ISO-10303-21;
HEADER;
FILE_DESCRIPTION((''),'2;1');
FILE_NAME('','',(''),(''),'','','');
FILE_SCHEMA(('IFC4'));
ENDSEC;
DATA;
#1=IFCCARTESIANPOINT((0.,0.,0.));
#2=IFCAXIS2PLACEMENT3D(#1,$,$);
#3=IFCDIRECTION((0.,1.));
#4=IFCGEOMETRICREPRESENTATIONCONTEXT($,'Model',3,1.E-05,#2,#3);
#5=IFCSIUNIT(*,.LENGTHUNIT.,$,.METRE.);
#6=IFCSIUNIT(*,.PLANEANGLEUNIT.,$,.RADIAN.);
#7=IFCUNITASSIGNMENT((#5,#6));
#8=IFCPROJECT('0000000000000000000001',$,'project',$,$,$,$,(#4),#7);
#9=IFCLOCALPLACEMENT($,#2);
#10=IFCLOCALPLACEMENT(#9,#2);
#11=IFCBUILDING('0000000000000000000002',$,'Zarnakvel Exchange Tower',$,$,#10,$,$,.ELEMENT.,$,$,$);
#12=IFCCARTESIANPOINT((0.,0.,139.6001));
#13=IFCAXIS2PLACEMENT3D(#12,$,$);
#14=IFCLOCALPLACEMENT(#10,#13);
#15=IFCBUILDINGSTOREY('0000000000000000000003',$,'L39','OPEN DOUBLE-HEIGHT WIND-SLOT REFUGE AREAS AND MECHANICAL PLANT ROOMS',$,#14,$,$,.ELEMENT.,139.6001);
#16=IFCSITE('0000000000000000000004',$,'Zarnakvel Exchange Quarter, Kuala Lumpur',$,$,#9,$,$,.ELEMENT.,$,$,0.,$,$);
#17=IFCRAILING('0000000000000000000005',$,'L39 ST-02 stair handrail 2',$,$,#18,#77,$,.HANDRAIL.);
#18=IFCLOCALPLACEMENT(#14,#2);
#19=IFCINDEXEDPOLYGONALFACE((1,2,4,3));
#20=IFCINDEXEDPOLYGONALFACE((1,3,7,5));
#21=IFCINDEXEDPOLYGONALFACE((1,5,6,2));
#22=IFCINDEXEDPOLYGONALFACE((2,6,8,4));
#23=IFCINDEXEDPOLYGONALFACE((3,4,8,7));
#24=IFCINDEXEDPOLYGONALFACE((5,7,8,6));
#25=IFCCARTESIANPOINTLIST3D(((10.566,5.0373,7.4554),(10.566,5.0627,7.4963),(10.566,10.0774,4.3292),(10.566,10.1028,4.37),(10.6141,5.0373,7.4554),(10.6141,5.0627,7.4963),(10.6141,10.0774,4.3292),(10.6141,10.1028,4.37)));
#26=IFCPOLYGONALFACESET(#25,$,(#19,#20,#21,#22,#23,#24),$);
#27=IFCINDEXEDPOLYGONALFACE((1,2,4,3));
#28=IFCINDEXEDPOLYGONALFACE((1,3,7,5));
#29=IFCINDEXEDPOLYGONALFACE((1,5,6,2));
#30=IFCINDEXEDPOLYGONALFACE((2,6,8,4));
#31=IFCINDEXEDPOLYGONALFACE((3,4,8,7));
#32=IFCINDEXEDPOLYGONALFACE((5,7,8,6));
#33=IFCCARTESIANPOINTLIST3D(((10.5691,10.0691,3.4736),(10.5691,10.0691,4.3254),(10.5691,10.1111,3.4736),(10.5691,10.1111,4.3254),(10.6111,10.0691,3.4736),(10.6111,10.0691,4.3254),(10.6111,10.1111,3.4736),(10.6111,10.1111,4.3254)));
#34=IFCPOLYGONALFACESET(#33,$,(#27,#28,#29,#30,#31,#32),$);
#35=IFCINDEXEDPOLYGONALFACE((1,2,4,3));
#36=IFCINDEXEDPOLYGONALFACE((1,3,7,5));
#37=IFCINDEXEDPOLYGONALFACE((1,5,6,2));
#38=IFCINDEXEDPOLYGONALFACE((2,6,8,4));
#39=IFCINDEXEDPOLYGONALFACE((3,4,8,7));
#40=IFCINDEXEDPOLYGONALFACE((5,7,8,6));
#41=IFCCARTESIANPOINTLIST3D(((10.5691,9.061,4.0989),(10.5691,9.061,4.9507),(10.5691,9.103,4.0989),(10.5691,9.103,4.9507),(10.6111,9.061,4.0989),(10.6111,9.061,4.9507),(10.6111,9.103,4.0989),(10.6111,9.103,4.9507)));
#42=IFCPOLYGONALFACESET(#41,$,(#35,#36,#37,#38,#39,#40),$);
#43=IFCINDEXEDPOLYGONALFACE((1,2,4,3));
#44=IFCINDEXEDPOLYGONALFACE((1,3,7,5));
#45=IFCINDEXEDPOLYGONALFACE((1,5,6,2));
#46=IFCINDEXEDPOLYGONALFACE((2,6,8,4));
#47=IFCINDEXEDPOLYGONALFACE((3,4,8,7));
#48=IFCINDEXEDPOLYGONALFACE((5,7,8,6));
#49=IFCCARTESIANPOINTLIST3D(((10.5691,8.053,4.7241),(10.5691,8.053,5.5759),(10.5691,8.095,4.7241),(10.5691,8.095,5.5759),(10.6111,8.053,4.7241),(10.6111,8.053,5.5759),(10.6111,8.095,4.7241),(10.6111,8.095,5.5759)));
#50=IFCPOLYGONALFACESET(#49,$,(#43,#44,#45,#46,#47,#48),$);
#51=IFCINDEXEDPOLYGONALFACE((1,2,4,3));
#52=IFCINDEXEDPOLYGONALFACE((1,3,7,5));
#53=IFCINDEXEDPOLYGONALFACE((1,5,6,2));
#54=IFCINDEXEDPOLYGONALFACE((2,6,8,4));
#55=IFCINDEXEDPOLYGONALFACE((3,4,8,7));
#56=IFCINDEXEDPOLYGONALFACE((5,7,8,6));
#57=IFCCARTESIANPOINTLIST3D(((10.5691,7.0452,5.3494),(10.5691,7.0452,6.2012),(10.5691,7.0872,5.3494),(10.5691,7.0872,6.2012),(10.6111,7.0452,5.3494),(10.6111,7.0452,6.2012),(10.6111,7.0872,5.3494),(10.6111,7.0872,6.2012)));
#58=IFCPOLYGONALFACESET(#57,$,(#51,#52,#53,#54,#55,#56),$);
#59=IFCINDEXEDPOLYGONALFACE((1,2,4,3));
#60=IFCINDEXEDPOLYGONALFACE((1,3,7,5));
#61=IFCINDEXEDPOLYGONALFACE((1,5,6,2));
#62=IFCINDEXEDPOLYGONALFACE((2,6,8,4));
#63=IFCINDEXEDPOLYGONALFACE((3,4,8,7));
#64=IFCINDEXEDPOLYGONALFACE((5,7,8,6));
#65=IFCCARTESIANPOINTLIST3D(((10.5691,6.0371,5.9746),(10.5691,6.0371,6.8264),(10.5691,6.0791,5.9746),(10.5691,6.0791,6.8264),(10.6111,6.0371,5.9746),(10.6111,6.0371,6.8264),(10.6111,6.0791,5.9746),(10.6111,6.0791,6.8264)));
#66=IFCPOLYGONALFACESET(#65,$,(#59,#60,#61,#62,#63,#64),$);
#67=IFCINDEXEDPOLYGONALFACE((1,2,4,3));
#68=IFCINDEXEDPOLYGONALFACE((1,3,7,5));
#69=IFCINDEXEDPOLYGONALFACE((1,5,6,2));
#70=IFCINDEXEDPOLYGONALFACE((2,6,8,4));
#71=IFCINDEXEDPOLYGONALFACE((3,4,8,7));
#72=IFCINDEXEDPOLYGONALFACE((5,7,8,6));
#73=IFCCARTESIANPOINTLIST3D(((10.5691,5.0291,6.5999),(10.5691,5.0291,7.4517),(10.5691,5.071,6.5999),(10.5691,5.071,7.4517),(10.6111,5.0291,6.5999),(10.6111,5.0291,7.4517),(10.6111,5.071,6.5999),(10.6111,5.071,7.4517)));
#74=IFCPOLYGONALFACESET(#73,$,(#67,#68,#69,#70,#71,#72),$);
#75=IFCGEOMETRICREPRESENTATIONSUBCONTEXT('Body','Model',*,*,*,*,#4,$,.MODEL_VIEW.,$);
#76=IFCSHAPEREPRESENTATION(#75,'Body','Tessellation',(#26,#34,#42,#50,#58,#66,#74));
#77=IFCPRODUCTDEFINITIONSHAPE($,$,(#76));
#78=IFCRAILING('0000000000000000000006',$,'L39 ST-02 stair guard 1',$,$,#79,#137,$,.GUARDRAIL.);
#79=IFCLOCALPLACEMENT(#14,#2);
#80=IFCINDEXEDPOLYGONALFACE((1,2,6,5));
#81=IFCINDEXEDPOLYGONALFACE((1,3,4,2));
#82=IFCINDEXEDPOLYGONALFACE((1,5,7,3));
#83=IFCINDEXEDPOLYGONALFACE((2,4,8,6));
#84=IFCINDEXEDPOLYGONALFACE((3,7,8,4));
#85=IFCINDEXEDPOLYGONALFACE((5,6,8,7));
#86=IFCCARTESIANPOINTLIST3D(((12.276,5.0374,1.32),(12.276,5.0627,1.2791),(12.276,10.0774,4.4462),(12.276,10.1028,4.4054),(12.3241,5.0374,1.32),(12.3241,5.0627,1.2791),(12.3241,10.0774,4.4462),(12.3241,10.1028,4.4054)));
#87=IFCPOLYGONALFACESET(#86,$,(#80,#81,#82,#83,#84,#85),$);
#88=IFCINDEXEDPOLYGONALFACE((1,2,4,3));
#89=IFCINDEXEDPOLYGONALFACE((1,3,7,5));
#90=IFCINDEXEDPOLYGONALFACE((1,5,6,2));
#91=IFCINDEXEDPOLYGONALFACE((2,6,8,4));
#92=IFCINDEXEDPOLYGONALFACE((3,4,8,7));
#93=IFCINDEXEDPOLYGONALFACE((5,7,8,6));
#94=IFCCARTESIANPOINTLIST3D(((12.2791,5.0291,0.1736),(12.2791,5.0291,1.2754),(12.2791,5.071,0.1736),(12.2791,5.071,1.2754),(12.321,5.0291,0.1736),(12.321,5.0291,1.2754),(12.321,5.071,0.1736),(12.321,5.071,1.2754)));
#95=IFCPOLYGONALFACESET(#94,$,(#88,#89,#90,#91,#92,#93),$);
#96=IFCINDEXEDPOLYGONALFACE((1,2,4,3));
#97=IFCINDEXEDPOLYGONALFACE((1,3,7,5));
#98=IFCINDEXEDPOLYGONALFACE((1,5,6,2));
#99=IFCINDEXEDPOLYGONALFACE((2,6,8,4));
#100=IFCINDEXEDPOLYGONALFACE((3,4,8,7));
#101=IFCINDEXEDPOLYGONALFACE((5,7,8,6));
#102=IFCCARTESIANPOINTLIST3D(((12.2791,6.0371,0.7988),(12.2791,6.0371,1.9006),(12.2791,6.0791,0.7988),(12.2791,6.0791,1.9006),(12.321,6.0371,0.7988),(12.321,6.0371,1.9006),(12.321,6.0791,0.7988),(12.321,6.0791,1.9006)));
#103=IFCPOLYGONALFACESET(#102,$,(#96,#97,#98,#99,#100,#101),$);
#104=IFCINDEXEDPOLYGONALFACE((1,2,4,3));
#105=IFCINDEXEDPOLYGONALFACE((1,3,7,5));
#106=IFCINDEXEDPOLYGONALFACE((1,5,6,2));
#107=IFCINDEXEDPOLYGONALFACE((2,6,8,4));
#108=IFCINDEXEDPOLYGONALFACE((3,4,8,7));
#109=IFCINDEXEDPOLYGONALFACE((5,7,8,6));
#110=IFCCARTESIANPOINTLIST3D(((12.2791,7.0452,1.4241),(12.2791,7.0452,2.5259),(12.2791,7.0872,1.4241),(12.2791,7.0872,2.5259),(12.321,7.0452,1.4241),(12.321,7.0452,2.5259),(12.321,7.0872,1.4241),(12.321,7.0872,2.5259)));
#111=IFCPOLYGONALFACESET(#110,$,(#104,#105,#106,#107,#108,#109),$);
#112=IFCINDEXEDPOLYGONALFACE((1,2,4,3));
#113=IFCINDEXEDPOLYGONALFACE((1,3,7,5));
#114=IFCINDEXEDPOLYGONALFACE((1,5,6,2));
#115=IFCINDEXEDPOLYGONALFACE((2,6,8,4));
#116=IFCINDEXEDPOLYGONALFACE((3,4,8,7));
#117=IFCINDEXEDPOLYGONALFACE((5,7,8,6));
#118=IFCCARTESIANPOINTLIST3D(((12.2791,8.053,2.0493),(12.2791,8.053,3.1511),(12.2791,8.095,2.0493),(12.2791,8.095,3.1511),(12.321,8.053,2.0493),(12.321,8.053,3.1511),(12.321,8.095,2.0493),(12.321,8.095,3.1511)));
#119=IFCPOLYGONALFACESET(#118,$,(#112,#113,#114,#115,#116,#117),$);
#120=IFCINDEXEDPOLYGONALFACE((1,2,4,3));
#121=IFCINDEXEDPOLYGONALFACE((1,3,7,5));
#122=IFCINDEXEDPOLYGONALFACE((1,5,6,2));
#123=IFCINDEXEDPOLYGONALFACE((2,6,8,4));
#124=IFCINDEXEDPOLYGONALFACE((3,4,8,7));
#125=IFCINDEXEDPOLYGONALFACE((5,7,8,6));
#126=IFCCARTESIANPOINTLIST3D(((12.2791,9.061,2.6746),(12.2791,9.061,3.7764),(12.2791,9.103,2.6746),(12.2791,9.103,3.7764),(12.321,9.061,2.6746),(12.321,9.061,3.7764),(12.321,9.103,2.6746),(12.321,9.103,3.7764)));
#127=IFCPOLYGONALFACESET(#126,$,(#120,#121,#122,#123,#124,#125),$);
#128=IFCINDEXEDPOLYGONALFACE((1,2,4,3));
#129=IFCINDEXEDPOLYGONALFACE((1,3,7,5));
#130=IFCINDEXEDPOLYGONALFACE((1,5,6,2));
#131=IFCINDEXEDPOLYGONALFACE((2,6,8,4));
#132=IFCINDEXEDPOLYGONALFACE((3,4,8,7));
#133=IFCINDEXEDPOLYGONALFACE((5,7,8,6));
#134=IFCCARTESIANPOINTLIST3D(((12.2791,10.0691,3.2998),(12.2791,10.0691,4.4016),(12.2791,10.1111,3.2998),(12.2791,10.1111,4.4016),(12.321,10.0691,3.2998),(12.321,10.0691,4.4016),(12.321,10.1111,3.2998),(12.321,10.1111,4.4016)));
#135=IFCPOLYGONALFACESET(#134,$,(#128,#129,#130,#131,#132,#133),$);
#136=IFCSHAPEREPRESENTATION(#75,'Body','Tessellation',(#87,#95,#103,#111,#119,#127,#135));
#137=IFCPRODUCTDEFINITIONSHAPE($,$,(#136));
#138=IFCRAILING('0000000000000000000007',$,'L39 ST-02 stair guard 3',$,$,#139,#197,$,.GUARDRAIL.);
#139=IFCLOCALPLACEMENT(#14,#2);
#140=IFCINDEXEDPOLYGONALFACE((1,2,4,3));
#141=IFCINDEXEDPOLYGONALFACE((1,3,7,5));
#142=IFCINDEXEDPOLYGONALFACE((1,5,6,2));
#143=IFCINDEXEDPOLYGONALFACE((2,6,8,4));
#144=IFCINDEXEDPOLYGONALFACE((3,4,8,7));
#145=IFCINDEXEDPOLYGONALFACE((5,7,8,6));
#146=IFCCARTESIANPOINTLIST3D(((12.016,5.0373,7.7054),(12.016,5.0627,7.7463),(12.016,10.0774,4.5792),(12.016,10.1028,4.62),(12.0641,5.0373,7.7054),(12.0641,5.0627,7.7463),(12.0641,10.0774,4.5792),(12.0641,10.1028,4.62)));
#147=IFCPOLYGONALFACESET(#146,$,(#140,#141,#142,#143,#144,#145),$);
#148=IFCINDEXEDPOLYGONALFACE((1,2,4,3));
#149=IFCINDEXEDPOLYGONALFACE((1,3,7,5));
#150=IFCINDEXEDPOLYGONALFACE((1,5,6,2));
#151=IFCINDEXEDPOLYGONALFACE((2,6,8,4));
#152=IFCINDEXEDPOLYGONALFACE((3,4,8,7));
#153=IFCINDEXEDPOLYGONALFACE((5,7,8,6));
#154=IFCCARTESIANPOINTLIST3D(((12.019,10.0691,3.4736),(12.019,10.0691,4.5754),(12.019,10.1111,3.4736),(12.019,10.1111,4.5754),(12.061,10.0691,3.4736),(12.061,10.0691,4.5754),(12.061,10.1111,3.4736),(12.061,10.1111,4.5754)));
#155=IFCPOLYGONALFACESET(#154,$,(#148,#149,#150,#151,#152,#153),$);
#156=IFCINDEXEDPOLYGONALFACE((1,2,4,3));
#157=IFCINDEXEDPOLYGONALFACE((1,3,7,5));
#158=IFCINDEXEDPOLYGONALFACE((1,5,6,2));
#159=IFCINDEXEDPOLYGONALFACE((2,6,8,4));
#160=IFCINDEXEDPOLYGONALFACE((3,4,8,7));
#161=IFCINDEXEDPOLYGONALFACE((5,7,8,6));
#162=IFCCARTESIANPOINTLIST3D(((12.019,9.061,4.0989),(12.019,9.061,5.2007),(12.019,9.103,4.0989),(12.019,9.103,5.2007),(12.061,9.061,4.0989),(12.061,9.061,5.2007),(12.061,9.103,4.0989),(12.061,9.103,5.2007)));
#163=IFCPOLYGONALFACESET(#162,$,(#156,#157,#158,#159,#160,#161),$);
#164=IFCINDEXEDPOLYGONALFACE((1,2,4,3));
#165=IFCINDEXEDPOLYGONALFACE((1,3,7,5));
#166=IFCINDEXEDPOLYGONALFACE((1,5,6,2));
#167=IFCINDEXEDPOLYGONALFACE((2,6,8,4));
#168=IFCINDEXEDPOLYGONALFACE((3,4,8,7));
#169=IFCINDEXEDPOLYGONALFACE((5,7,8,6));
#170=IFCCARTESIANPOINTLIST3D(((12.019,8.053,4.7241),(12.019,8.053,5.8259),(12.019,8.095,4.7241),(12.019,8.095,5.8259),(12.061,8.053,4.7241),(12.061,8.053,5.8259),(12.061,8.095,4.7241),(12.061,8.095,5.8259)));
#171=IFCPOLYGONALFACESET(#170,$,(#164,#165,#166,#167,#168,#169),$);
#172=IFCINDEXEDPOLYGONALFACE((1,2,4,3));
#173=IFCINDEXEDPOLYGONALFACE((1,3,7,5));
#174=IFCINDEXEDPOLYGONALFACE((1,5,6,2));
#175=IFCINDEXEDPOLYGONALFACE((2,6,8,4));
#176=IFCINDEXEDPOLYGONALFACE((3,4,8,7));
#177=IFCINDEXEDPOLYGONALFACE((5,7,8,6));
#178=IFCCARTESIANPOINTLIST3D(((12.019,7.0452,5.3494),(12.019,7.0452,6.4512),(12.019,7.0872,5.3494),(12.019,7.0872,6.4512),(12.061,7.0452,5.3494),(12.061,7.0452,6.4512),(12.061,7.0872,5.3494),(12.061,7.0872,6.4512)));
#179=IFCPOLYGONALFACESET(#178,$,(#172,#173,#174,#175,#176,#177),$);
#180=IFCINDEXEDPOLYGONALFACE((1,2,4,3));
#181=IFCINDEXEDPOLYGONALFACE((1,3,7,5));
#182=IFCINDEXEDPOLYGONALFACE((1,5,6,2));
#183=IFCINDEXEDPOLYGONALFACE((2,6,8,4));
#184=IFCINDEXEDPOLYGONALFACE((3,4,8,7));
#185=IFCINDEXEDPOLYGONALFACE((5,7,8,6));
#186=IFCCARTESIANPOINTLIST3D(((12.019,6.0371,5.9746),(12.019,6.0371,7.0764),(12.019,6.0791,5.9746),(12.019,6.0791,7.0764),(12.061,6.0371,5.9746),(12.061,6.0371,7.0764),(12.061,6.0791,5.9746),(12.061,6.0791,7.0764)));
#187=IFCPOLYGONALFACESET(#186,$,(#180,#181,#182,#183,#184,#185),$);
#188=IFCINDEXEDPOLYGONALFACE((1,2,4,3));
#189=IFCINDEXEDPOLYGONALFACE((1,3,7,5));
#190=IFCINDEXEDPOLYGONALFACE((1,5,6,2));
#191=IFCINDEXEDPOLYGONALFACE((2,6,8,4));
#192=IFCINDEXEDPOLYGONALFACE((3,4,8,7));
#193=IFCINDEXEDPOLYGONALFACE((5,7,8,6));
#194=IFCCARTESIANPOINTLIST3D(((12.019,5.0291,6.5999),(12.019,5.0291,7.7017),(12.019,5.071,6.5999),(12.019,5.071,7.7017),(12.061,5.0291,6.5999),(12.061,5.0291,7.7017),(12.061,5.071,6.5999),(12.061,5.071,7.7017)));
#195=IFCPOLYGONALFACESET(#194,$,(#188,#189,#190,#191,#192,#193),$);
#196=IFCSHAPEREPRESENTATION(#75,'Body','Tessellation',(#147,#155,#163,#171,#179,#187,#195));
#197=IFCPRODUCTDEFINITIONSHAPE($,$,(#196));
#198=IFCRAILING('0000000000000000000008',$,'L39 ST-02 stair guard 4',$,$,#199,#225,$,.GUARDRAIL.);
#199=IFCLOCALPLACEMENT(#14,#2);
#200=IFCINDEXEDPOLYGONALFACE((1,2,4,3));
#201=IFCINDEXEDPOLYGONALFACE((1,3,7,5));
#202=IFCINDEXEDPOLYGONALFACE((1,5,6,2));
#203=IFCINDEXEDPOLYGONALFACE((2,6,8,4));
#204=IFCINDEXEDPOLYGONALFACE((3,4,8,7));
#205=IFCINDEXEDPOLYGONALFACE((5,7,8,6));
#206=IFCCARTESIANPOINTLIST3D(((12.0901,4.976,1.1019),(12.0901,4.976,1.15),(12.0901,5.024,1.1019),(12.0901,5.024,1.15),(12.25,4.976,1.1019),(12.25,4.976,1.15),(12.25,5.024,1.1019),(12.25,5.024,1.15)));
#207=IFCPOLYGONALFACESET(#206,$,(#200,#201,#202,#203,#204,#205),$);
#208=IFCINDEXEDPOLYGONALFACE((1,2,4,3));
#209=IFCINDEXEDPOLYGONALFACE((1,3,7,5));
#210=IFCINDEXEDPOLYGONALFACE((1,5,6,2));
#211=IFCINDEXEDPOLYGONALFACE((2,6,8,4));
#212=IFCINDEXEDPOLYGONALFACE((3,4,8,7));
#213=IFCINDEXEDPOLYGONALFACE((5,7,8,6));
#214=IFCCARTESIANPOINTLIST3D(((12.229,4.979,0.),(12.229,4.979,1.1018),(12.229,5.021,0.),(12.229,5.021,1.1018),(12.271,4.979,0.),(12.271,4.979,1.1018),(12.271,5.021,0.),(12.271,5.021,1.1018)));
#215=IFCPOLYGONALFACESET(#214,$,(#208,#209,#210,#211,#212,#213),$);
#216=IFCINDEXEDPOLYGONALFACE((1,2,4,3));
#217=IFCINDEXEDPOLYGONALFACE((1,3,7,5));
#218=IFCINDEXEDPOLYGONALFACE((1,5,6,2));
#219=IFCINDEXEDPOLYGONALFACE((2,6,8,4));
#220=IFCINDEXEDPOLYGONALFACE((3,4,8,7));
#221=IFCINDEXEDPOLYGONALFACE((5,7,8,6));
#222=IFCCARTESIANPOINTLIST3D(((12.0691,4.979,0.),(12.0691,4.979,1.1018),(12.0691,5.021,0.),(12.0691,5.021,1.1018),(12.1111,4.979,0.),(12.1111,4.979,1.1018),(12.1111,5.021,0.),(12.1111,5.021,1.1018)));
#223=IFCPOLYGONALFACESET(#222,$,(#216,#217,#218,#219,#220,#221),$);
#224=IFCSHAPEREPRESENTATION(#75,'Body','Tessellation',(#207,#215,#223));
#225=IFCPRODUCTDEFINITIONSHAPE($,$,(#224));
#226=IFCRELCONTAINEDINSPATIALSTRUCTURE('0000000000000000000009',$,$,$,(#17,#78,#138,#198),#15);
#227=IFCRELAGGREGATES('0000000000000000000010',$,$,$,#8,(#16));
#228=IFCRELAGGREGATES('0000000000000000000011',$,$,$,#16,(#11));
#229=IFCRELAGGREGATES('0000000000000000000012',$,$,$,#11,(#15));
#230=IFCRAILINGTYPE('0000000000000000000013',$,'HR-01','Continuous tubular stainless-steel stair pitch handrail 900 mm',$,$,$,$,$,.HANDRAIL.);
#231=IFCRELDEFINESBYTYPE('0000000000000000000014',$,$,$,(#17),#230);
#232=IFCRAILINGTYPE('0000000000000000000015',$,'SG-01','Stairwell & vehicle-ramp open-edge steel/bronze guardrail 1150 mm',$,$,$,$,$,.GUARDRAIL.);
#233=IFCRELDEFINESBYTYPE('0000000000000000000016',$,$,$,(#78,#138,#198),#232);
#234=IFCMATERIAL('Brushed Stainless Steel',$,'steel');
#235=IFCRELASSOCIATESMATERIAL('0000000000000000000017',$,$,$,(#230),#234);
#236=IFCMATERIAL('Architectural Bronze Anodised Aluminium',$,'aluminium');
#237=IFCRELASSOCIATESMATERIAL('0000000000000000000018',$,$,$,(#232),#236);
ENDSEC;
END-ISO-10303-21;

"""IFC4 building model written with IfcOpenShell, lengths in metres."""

from ifc_helpers import new_model, si_unit, direction, frame, origin, origin_2d, place, context, subcontext, project, spatial, rectangle, extrude, material, type_object, element, save


model = new_model("IFC4")

# Units and contexts
model_context = context("Model", 3, precision=1e-05, world=origin(), true_north=direction((0.0, 1.0)))
body_context = subcontext(model_context, "Body", "Model", "MODEL_VIEW")
ifc_project = project(units=[si_unit("LENGTHUNIT", "METRE"), si_unit("PLANEANGLEUNIT", "RADIAN")], contexts=[model_context])

# Site, building, storey
site_placement = place(None, origin())
site = spatial("IfcSite", under=ifc_project, at=site_placement, Name="Zarnakvel Exchange Quarter, Kuala Lumpur", CompositionType="ELEMENT", RefElevation=0.0)
building_placement = place(site_placement, origin())
building = spatial("IfcBuilding", under=site, at=building_placement, Name="Zarnakvel Exchange Tower", CompositionType="ELEMENT")
storey_placement = place(building_placement, frame((0.0, 0.0, 139.6001)))
storey = spatial("IfcBuildingStorey", under=building, at=storey_placement, Name="L39", Description="OPEN DOUBLE-HEIGHT WIND-SLOT REFUGE AREAS AND MECHANICAL PLANT ROOMS", CompositionType="ELEMENT", Elevation=139.6001)

# Railings
ifc_material_1 = material(Name="Brushed Stainless Steel", Category="steel")
railing_type_1 = type_object("IfcRailingType", Name="HR-01", Description="Continuous tubular stainless-steel stair pitch handrail 900 mm", PredefinedType="HANDRAIL", material=ifc_material_1)
railing_1_placement = place(storey_placement, frame((10.5901, 10.0901, 3.4736)))
element("IfcRailing", 1, at=railing_1_placement, inside=storey, type_object=railing_type_1, Name="L39 ST-02 stair handrail 2", PredefinedType="HANDRAIL", context=body_context, shape_type="SweptSolid", body=[
    extrude(rectangle(XDim=0.0481, YDim=0.0481, at=origin_2d()), frame((0.0, 0.0, 0.876), z_axis=(0.0, -0.849797, 0.52711), x_axis=(1.0, 0.0, 0.0)), (0.0, 0.0, 1.0), 5.9309),
    extrude(rectangle(XDim=0.042, YDim=0.042, at=origin_2d()), origin(), (0.0, 0.0, 1.0), 0.8518),
    extrude(rectangle(XDim=0.042, YDim=0.042, at=origin_2d()), frame((0.0, -1.0081, 0.6252)), (0.0, 0.0, 1.0), 0.8518),
    extrude(rectangle(XDim=0.042, YDim=0.042, at=origin_2d()), frame((0.0, -2.0161, 1.2505)), (0.0, 0.0, 1.0), 0.8518),
    extrude(rectangle(XDim=0.042, YDim=0.042, at=origin_2d()), frame((0.0, -3.0239, 1.8757)), (0.0, 0.0, 1.0), 0.8518),
    extrude(rectangle(XDim=0.042, YDim=0.042, at=origin_2d()), frame((0.0, -4.032, 2.501)), (0.0, 0.0, 1.0), 0.8518),
    extrude(rectangle(XDim=0.042, YDim=0.042, at=origin_2d()), frame((0.0, -5.04, 3.1262)), (0.0, 0.0, 1.0), 0.8518),
])
ifc_material_2 = material(Name="Architectural Bronze Anodised Aluminium", Category="aluminium")
railing_type_2 = type_object("IfcRailingType", Name="SG-01", Description="Stairwell & vehicle-ramp open-edge steel/bronze guardrail 1150 mm", PredefinedType="GUARDRAIL", material=ifc_material_2)
railing_2_placement = place(storey_placement, frame((12.3, 5.05, 0.1736)))
element("IfcRailing", 2, at=railing_2_placement, inside=storey, type_object=railing_type_2, Name="L39 ST-02 stair guard 1", PredefinedType="GUARDRAIL", context=body_context, shape_type="SweptSolid", body=[
    extrude(rectangle(XDim=0.0481, YDim=0.0481, at=origin_2d()), frame((0.0, 0.0, 1.126), z_axis=(0.0, 0.849797, 0.52711), x_axis=(-1.0, 0.0, 0.0)), (0.0, 0.0, 1.0), 5.9309),
    extrude(rectangle(XDim=0.042, YDim=0.042, at=origin_2d()), origin(), (0.0, 0.0, 1.0), 1.1018),
    extrude(rectangle(XDim=0.042, YDim=0.042, at=origin_2d()), frame((0.0, 1.0081, 0.6252)), (0.0, 0.0, 1.0), 1.1018),
    extrude(rectangle(XDim=0.042, YDim=0.042, at=origin_2d()), frame((0.0, 2.0161, 1.2505)), (0.0, 0.0, 1.0), 1.1018),
    extrude(rectangle(XDim=0.042, YDim=0.042, at=origin_2d()), frame((0.0, 3.0239, 1.8757)), (0.0, 0.0, 1.0), 1.1018),
    extrude(rectangle(XDim=0.042, YDim=0.042, at=origin_2d()), frame((0.0, 4.032, 2.501)), (0.0, 0.0, 1.0), 1.1018),
    extrude(rectangle(XDim=0.042, YDim=0.042, at=origin_2d()), frame((0.0, 5.04, 3.1262)), (0.0, 0.0, 1.0), 1.1018),
])
railing_3_placement = place(storey_placement, frame((12.04, 10.0901, 3.4736)))
element("IfcRailing", 3, at=railing_3_placement, inside=storey, type_object=railing_type_2, Name="L39 ST-02 stair guard 3", PredefinedType="GUARDRAIL", context=body_context, shape_type="SweptSolid", body=[
    extrude(rectangle(XDim=0.0481, YDim=0.0481, at=origin_2d()), frame((0.0, 0.0, 1.126), z_axis=(0.0, -0.849797, 0.52711), x_axis=(1.0, 0.0, 0.0)), (0.0, 0.0, 1.0), 5.9309),
    extrude(rectangle(XDim=0.042, YDim=0.042, at=origin_2d()), origin(), (0.0, 0.0, 1.0), 1.1018),
    extrude(rectangle(XDim=0.042, YDim=0.042, at=origin_2d()), frame((0.0, -1.0081, 0.6252)), (0.0, 0.0, 1.0), 1.1018),
    extrude(rectangle(XDim=0.042, YDim=0.042, at=origin_2d()), frame((0.0, -2.0161, 1.2505)), (0.0, 0.0, 1.0), 1.1018),
    extrude(rectangle(XDim=0.042, YDim=0.042, at=origin_2d()), frame((0.0, -3.0239, 1.8757)), (0.0, 0.0, 1.0), 1.1018),
    extrude(rectangle(XDim=0.042, YDim=0.042, at=origin_2d()), frame((0.0, -4.032, 2.501)), (0.0, 0.0, 1.0), 1.1018),
    extrude(rectangle(XDim=0.042, YDim=0.042, at=origin_2d()), frame((0.0, -5.04, 3.1262)), (0.0, 0.0, 1.0), 1.1018),
])
railing_4_placement = place(storey_placement, frame((12.25, 5.0, 0.0)))
element("IfcRailing", 4, at=railing_4_placement, inside=storey, type_object=railing_type_2, Name="L39 ST-02 stair guard 4", PredefinedType="GUARDRAIL", context=body_context, shape_type="SweptSolid", body=[
    extrude(rectangle(XDim=0.0481, YDim=0.0481, at=origin_2d()), frame((0.0, 0.0, 1.126), z_axis=(-1.0, 0.0, 0.0), x_axis=(0.0, -1.0, 0.0)), (0.0, 0.0, 1.0), 0.1599),
    extrude(rectangle(XDim=0.042, YDim=0.042, at=origin_2d()), origin(), (0.0, 0.0, 1.0), 1.1018),
    extrude(rectangle(XDim=0.042, YDim=0.042, at=origin_2d()), frame((-0.1599, 0.0, 0.0)), (0.0, 0.0, 1.0), 1.1018),
])

save(model, "model.ifc")
